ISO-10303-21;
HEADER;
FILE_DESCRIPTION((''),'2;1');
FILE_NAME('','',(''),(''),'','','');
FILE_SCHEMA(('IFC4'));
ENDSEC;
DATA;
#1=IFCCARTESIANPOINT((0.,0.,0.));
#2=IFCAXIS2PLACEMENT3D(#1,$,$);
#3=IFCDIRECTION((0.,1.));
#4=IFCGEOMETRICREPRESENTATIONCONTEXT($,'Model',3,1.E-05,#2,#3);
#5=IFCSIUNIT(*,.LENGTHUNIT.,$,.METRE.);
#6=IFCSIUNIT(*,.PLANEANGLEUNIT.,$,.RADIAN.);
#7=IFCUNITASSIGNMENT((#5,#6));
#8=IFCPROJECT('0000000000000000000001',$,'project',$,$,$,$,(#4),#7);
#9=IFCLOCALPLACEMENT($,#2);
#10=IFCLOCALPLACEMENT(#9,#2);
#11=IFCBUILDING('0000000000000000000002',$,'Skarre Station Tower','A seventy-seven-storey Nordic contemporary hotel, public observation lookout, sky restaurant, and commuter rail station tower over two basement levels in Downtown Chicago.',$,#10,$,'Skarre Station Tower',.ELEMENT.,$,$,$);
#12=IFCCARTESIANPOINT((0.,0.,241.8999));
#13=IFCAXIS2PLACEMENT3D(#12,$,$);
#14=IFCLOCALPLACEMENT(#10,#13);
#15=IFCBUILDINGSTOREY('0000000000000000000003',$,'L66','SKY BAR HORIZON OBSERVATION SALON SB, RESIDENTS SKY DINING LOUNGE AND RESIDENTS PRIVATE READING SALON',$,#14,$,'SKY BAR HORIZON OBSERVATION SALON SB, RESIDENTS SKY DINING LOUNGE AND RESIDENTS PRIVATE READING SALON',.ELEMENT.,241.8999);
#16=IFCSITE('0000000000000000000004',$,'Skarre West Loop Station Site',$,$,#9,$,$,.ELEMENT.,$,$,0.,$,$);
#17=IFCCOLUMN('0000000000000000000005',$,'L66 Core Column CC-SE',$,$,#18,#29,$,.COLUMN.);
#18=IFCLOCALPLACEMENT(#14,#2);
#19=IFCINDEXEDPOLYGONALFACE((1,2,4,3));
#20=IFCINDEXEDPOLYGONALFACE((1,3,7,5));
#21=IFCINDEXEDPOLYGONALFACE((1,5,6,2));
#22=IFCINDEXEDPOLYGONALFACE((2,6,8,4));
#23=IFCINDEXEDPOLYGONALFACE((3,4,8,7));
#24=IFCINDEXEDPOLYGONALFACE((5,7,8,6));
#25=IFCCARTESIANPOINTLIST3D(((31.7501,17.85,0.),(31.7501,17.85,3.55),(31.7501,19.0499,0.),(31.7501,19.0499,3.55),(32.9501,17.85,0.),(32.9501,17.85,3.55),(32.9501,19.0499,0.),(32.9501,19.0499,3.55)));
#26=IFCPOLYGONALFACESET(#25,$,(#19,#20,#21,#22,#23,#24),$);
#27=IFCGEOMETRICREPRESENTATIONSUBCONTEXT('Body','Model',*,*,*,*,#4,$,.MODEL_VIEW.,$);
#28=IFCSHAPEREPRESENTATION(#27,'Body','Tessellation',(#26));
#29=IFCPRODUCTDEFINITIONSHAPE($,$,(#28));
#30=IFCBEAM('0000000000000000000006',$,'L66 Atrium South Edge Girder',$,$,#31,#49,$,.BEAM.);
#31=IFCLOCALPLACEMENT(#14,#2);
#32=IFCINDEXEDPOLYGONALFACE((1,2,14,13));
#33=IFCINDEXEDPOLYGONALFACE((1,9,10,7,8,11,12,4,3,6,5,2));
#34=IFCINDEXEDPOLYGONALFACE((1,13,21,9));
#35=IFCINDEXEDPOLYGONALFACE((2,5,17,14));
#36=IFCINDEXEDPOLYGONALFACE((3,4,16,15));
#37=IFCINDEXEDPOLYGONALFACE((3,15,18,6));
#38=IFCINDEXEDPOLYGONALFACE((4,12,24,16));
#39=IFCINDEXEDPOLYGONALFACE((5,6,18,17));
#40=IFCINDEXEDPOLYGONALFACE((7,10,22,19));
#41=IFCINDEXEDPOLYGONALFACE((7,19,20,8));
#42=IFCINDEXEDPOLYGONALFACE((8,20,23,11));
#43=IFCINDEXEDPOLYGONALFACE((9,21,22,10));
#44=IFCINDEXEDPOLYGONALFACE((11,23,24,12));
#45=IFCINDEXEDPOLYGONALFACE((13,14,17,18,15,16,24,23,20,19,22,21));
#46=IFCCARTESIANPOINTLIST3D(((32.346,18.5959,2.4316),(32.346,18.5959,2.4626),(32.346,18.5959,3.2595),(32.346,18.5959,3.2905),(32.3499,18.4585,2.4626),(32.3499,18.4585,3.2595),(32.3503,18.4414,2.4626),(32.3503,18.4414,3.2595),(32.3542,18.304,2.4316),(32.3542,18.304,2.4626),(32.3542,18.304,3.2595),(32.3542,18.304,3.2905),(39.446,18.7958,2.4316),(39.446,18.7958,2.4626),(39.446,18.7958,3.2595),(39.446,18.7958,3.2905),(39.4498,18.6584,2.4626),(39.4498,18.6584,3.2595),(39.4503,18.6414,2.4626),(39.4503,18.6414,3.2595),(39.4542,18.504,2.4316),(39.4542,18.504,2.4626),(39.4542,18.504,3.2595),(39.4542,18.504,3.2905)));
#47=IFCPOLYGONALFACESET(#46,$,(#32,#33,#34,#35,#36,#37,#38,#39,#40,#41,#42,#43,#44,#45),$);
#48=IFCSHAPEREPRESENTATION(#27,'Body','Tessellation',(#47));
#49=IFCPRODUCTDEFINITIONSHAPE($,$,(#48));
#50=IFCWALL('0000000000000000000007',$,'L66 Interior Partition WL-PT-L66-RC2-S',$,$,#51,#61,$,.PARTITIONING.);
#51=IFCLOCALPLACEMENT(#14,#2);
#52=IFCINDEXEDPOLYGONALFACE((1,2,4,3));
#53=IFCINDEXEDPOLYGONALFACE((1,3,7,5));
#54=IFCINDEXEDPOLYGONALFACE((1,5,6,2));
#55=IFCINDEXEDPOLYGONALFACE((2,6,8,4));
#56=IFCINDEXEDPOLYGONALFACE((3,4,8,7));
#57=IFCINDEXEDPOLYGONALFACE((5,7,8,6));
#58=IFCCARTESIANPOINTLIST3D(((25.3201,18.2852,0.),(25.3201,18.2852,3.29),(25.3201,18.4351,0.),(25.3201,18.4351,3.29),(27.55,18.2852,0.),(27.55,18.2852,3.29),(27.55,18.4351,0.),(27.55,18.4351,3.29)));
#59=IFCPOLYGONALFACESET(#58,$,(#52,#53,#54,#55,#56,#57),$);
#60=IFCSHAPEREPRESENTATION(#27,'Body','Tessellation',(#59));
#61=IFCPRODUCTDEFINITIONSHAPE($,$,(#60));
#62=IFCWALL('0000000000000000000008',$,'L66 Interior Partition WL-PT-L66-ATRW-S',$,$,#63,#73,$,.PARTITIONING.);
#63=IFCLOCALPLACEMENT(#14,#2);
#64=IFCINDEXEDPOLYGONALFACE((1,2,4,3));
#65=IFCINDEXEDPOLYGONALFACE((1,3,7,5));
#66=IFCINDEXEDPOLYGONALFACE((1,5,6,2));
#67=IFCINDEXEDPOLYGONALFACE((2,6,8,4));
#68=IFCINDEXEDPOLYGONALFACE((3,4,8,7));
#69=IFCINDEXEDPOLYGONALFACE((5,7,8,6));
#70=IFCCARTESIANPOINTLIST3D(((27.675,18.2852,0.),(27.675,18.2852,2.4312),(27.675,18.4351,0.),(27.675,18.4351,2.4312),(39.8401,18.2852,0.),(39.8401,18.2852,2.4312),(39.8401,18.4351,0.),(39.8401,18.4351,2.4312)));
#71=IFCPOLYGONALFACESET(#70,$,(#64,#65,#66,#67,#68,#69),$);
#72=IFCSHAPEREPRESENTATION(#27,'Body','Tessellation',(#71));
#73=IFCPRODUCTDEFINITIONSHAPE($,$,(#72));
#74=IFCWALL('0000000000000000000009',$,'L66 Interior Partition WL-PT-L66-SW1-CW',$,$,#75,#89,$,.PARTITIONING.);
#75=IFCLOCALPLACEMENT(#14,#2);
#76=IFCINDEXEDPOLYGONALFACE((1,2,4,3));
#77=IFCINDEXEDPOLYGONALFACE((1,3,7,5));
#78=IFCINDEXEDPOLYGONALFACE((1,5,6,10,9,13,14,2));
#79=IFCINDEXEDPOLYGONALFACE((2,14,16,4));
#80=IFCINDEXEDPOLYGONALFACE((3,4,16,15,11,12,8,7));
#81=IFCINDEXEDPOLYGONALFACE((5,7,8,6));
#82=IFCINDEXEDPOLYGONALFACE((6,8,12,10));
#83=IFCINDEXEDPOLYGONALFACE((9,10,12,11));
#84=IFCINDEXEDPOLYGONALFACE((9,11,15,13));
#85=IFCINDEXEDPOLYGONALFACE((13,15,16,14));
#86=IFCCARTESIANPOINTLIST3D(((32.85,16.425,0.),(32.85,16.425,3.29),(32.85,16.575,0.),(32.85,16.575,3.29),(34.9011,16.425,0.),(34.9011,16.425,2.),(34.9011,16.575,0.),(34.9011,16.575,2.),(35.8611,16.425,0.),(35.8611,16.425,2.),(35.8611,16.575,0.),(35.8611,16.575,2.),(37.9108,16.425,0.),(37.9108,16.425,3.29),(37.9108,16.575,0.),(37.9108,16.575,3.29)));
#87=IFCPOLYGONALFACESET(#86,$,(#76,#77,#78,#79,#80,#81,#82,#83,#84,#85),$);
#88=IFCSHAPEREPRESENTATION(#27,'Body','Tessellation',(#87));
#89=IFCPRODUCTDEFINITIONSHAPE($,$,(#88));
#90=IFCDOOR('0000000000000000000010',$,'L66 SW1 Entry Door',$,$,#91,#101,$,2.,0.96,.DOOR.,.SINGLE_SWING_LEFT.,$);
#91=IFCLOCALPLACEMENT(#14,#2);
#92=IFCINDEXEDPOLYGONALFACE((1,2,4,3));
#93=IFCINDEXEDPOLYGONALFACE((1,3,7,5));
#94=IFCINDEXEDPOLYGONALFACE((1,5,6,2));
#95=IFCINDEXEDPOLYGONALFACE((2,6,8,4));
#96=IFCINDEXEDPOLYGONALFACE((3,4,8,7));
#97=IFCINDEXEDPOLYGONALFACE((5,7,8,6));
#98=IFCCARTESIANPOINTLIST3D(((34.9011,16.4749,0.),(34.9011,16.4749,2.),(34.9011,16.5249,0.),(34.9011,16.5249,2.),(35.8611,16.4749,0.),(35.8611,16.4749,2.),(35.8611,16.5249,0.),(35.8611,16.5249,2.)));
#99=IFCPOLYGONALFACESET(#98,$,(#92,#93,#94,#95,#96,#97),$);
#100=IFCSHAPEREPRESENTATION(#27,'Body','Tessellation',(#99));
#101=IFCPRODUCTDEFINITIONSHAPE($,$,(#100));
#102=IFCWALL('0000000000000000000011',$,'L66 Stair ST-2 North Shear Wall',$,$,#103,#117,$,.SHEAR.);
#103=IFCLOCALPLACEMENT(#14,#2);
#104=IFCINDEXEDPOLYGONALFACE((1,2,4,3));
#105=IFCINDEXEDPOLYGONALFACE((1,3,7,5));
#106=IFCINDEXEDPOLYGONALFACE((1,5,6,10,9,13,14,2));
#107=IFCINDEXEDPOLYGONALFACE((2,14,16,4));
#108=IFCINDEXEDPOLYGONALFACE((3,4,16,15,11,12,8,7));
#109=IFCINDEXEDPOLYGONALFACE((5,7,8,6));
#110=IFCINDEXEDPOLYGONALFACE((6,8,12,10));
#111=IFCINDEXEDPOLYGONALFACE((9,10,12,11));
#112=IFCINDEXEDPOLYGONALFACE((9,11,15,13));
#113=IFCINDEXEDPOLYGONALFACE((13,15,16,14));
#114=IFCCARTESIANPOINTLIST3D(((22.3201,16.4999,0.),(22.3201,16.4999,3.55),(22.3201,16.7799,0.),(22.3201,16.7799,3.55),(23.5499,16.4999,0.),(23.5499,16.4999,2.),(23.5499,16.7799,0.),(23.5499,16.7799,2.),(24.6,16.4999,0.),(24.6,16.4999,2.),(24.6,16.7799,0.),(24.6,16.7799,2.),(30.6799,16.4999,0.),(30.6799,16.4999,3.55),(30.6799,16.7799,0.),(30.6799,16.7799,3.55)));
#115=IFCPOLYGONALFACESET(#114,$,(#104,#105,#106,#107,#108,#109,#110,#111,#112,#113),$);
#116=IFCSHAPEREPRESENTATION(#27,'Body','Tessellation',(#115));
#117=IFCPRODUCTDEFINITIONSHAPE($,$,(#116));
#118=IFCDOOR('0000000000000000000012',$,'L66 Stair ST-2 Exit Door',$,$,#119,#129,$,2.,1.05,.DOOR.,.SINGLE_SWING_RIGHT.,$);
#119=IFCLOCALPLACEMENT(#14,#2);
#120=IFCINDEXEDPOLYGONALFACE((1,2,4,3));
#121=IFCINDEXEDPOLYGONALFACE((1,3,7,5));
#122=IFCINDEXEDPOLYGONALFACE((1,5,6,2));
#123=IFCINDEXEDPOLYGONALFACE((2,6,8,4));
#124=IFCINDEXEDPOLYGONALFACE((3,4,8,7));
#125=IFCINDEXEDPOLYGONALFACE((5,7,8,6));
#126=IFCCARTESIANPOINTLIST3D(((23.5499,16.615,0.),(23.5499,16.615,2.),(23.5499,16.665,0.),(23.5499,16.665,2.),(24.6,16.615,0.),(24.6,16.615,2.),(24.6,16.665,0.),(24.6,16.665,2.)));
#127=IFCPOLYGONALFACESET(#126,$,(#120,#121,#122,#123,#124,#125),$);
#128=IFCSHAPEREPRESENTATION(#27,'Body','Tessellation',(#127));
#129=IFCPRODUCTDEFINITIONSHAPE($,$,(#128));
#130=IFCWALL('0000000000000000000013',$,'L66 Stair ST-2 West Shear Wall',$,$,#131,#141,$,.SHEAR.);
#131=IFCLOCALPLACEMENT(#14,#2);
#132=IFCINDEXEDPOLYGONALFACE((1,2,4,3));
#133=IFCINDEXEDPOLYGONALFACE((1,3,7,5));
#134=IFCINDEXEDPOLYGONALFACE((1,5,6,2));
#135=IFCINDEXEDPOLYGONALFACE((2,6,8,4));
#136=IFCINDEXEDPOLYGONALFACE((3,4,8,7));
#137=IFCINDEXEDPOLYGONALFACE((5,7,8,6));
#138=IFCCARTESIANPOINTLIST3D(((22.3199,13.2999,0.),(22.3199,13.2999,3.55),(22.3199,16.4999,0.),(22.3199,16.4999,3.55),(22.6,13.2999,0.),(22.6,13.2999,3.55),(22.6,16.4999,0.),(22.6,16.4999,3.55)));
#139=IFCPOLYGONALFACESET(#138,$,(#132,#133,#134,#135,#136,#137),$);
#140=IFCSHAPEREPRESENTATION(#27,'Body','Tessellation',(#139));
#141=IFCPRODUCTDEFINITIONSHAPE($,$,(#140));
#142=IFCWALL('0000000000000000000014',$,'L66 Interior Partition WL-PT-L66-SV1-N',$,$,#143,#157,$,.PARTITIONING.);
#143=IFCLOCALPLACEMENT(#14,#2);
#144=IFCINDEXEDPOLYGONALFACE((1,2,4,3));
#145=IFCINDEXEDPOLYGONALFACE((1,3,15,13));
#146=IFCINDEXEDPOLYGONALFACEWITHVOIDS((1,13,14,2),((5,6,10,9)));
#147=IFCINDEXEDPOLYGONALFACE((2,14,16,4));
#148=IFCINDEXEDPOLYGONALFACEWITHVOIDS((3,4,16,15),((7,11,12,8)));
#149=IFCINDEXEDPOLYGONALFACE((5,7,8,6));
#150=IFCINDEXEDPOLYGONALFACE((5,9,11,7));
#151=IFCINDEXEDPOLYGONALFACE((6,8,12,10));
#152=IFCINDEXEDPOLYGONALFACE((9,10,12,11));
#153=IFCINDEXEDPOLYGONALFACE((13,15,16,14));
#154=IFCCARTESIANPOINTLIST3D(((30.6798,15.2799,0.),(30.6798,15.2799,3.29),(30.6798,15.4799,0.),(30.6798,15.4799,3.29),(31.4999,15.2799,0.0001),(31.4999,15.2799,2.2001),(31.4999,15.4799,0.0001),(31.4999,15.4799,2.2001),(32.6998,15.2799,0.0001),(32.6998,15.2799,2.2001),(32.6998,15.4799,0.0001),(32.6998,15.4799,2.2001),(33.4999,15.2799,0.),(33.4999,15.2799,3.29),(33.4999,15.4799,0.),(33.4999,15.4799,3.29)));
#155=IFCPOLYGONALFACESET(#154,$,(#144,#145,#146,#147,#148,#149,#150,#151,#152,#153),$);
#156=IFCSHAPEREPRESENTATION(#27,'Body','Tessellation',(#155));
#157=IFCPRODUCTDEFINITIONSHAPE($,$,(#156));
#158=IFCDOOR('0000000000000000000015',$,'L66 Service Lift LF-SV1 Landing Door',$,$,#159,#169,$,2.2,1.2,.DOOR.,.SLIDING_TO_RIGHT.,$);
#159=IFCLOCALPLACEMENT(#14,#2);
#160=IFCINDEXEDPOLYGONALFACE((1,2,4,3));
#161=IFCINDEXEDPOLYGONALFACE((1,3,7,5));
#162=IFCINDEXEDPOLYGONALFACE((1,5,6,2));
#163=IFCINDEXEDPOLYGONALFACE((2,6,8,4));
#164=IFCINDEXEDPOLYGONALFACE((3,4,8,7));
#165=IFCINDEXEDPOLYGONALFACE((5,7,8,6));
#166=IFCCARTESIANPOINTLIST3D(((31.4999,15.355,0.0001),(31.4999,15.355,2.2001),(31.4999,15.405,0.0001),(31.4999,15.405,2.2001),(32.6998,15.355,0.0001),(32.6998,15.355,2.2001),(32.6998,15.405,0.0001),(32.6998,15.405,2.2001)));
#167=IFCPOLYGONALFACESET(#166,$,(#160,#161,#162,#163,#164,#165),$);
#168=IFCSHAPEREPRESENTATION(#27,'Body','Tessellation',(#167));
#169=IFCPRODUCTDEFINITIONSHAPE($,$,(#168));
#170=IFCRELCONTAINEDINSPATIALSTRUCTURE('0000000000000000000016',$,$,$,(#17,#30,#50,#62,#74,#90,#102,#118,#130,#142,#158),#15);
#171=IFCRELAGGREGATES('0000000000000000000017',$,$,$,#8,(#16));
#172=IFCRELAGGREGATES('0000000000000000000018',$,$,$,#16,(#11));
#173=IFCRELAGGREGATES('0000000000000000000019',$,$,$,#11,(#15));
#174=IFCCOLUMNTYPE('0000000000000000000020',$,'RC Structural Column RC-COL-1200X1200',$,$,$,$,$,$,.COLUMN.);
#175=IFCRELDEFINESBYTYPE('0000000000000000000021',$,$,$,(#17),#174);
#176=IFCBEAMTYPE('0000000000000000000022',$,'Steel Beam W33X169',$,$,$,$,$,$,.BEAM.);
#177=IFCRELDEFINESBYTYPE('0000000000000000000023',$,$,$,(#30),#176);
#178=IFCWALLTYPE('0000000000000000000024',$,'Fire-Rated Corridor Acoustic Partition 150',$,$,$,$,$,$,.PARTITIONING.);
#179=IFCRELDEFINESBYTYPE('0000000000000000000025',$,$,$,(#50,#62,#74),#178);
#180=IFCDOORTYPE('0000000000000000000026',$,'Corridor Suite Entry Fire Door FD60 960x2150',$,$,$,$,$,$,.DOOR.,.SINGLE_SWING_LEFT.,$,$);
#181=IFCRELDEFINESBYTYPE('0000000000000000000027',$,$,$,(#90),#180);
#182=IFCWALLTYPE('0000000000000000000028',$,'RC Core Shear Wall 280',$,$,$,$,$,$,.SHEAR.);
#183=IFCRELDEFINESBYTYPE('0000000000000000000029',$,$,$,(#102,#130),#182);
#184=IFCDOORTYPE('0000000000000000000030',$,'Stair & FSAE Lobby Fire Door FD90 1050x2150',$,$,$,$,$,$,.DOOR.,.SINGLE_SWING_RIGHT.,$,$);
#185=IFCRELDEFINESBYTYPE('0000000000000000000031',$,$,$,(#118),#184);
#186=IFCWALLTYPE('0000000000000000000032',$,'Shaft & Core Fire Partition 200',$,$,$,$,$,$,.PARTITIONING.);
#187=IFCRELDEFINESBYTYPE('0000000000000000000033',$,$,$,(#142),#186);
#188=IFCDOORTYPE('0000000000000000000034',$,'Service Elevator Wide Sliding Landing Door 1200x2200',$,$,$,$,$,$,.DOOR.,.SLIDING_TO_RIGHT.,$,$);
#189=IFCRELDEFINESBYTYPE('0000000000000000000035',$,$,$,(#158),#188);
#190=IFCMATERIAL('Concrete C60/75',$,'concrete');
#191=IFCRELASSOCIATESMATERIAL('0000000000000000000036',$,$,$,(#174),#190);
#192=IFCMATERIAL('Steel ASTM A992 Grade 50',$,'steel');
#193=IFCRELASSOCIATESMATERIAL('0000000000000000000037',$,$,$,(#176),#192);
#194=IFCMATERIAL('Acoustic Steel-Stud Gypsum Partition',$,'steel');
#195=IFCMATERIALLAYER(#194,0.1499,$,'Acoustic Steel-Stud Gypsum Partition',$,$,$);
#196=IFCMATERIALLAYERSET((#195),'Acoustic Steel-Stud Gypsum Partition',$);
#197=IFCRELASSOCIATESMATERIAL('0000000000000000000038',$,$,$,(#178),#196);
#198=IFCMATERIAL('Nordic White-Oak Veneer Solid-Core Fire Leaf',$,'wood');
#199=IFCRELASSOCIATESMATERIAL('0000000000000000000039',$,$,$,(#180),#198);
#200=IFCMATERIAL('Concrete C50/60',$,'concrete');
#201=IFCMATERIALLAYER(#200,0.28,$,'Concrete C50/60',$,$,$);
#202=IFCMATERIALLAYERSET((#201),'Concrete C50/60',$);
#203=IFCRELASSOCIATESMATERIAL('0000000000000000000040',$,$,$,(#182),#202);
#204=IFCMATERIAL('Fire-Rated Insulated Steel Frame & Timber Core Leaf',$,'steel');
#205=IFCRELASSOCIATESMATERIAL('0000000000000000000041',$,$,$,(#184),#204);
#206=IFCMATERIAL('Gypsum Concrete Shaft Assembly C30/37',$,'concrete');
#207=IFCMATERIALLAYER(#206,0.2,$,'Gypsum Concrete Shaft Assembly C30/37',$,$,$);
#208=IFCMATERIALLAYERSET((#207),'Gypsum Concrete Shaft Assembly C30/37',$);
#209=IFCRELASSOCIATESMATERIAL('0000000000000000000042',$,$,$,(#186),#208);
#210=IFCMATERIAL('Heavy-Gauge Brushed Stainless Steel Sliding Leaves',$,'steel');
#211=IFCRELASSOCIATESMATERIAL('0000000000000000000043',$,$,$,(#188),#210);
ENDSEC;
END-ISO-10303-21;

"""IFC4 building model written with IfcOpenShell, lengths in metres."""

from ifc_helpers import new_model, si_unit, direction, frame, frame_2d, origin, origin_2d, place, context, subcontext, project, spatial, rectangle, i_section, extrude, material, layer, layer_set, material_profile, profile_set, type_object, element, fill, save


model = new_model("IFC4")

# Units and contexts
model_context = context("Model", 3, precision=1e-05, world=origin(), true_north=direction((0.0, 1.0)))
body_context = subcontext(model_context, "Body", "Model", "MODEL_VIEW")
ifc_project = project(units=[si_unit("LENGTHUNIT", "METRE"), si_unit("PLANEANGLEUNIT", "RADIAN")], contexts=[model_context])

# Site, building, storey
site_placement = place(None, origin())
site = spatial("IfcSite", under=ifc_project, at=site_placement, Name="Skarre West Loop Station Site", CompositionType="ELEMENT", RefElevation=0.0)
building_placement = place(site_placement, origin())
building = spatial("IfcBuilding", under=site, at=building_placement, Name="Skarre Station Tower", Description="A seventy-seven-storey Nordic contemporary hotel, public observation lookout, sky restaurant, and commuter rail station tower over two basement levels in Downtown Chicago.", LongName="Skarre Station Tower", CompositionType="ELEMENT")
storey_placement = place(building_placement, frame((0.0, 0.0, 241.8999)))
storey = spatial("IfcBuildingStorey", under=building, at=storey_placement, Name="L66", Description="SKY BAR HORIZON OBSERVATION SALON SB, RESIDENTS SKY DINING LOUNGE AND RESIDENTS PRIVATE READING SALON", LongName="SKY BAR HORIZON OBSERVATION SALON SB, RESIDENTS SKY DINING LOUNGE AND RESIDENTS PRIVATE READING SALON", CompositionType="ELEMENT", Elevation=241.8999)

# Column
ifc_material_1 = material(Name="Concrete C60/75", Category="concrete")
ifc_material_profile_1 = material_profile(ifc_material_1, rectangle(XDim=1.2, YDim=1.2, at=origin_2d()), Name="Concrete C60/75")
ifc_profile_set_1 = profile_set([ifc_material_profile_1], Name="Concrete C60/75")
column_type = type_object("IfcColumnType", Name="RC Structural Column RC-COL-1200X1200", PredefinedType="COLUMN", material=ifc_profile_set_1)
column_placement = place(storey_placement, frame((32.3501, 18.45, 0.0), z_axis=(0.0, 0.0, 1.0), x_axis=(1.0, 0.0, 0.0)))
element("IfcColumn", 1, at=column_placement, inside=storey, type_object=column_type, Name="L66 Core Column CC-SE", PredefinedType="COLUMN", context=body_context, shape_type="SweptSolid", body=[
    extrude(rectangle(XDim=1.2, YDim=1.2, at=origin_2d()), origin(), (0.0, 0.0, 1.0), 3.55),
])

# Beam
ifc_material_2 = material(Name="Steel ASTM A992 Grade 50", Category="steel")
ifc_material_profile_2 = material_profile(ifc_material_2, i_section(OverallWidth=0.292, OverallDepth=0.8589, WebThickness=0.0171, FlangeThickness=0.031, at=origin_2d()), Name="Steel ASTM A992 Grade 50")
ifc_profile_set_2 = profile_set([ifc_material_profile_2], Name="Steel ASTM A992 Grade 50")
beam_type = type_object("IfcBeamType", Name="Steel Beam W33X169", PredefinedType="BEAM", material=ifc_profile_set_2)
beam_placement = place(storey_placement, frame((32.3501, 18.45, 2.8611), z_axis=(0.999604, 0.028152, 0.0), x_axis=(-0.028152, 0.999604, 0.0)))
element("IfcBeam", 2, at=beam_placement, inside=storey, type_object=beam_type, Name="L66 Atrium South Edge Girder", PredefinedType="BEAM", context=body_context, shape_type="SweptSolid", body=[
    extrude(i_section(OverallWidth=0.292, OverallDepth=0.8589, WebThickness=0.0171, FlangeThickness=0.031, at=origin_2d()), origin(), (0.0, 0.0, 1.0), 7.1028),
])

# Walls
ifc_material_3 = material(Name="Acoustic Steel-Stud Gypsum Partition", Category="steel")
ifc_layer_1 = layer(ifc_material_3, 0.1499, Name="Acoustic Steel-Stud Gypsum Partition")
ifc_layer_set_1 = layer_set([ifc_layer_1], Name="Acoustic Steel-Stud Gypsum Partition")
wall_type_1 = type_object("IfcWallType", Name="Fire-Rated Corridor Acoustic Partition 150", PredefinedType="PARTITIONING", material=ifc_layer_set_1)
wall_1_placement = place(storey_placement, frame((25.3201, 18.3601, 0.0), z_axis=(0.0, 0.0, 1.0), x_axis=(1.0, 0.0, 0.0)))
element("IfcWall", 3, at=wall_1_placement, inside=storey, type_object=wall_type_1, Name="L66 Interior Partition WL-PT-L66-RC2-S", PredefinedType="PARTITIONING", context=body_context, shape_type="SweptSolid", body=[
    extrude(rectangle(XDim=2.23, YDim=0.1499, at=frame_2d((1.115, 0.0))), origin(), (0.0, 0.0, 1.0), 3.29),
])
wall_2_placement = place(storey_placement, frame((27.675, 18.3601, 0.0), z_axis=(0.0, 0.0, 1.0), x_axis=(1.0, 0.0, 0.0)))
element("IfcWall", 4, at=wall_2_placement, inside=storey, type_object=wall_type_1, Name="L66 Interior Partition WL-PT-L66-ATRW-S", PredefinedType="PARTITIONING", context=body_context, shape_type="SweptSolid", body=[
    extrude(rectangle(XDim=12.165, YDim=0.1499, at=frame_2d((6.0825, 0.0))), origin(), (0.0, 0.0, 1.0), 2.4312),
])

# Walls, openings, doors
wall_3_placement = place(storey_placement, frame((32.8501, 16.5, 0.0), z_axis=(0.0, 0.0, 1.0), x_axis=(1.0, 0.0, 0.0)))
wall_3 = element("IfcWall", 5, at=wall_3_placement, inside=storey, type_object=wall_type_1, Name="L66 Interior Partition WL-PT-L66-SW1-CW", PredefinedType="PARTITIONING", context=body_context, shape_type="SweptSolid", body=[
    extrude(rectangle(XDim=5.0608, YDim=0.1499, at=frame_2d((2.5303, 0.0))), origin(), (0.0, 0.0, 1.0), 3.29),
])
opening_1_placement = place(wall_3_placement, frame((2.051, 0.0, 0.0)))
opening_1 = element("IfcOpeningElement", 6, at=opening_1_placement, cuts=wall_3, PredefinedType="OPENING", context=body_context, shape_type="SweptSolid", body=[
    extrude(rectangle(XDim=0.96, YDim=2.0, at=frame_2d((0.48, 1.0))), frame((0.0, 0.085, 0.0), z_axis=(0.0, -1.0, 0.0), x_axis=(1.0, 0.0, 0.0)), (0.0, 0.0, 1.0), 0.1699),
])
ifc_material_4 = material(Name="Nordic White-Oak Veneer Solid-Core Fire Leaf", Category="wood")
door_type_1 = type_object("IfcDoorType", Name="Corridor Suite Entry Fire Door FD60 960x2150", OperationType="SINGLE_SWING_LEFT", PredefinedType="DOOR", material=ifc_material_4)
door_1_placement = place(opening_1_placement, origin())
door_1 = element("IfcDoor", 7, at=door_1_placement, inside=storey, type_object=door_type_1, Name="L66 SW1 Entry Door", OperationType="SINGLE_SWING_LEFT", OverallHeight=2.0, OverallWidth=0.96, PredefinedType="DOOR", context=body_context, shape_type="SweptSolid", body=[
    extrude(rectangle(XDim=0.96, YDim=2.0, at=frame_2d((0.48, 1.0))), frame((0.0, 0.0249, 0.0), z_axis=(0.0, -1.0, 0.0), x_axis=(1.0, 0.0, 0.0)), (0.0, 0.0, 1.0), 0.05),
])
fill(opening_1, door_1)
ifc_material_5 = material(Name="Concrete C50/60", Category="concrete")
ifc_layer_2 = layer(ifc_material_5, 0.28, Name="Concrete C50/60")
ifc_layer_set_2 = layer_set([ifc_layer_2], Name="Concrete C50/60")
wall_type_2 = type_object("IfcWallType", Name="RC Core Shear Wall 280", PredefinedType="SHEAR", material=ifc_layer_set_2)
wall_4_placement = place(storey_placement, frame((30.6799, 16.6399, 0.0), z_axis=(0.0, 0.0, 1.0), x_axis=(-1.0, 0.0, 0.0)))
wall_4 = element("IfcWall", 8, at=wall_4_placement, inside=storey, type_object=wall_type_2, Name="L66 Stair ST-2 North Shear Wall", PredefinedType="SHEAR", context=body_context, shape_type="SweptSolid", body=[
    extrude(rectangle(XDim=8.3599, YDim=0.28, at=frame_2d((4.1799, 0.0))), origin(), (0.0, 0.0, 1.0), 3.55),
])
opening_2_placement = place(wall_4_placement, frame((6.0801, 0.0, 0.0)))
opening_2 = element("IfcOpeningElement", 9, at=opening_2_placement, cuts=wall_4, PredefinedType="OPENING", context=body_context, shape_type="SweptSolid", body=[
    extrude(rectangle(XDim=1.05, YDim=2.0, at=frame_2d((0.5249, 1.0))), frame((0.0, 0.1499, 0.0), z_axis=(0.0, -1.0, 0.0), x_axis=(1.0, 0.0, 0.0)), (0.0, 0.0, 1.0), 0.3),
])
ifc_material_6 = material(Name="Fire-Rated Insulated Steel Frame & Timber Core Leaf", Category="steel")
door_type_2 = type_object("IfcDoorType", Name="Stair & FSAE Lobby Fire Door FD90 1050x2150", OperationType="SINGLE_SWING_RIGHT", PredefinedType="DOOR", material=ifc_material_6)
door_2_placement = place(opening_2_placement, origin())
door_2 = element("IfcDoor", 10, at=door_2_placement, inside=storey, type_object=door_type_2, Name="L66 Stair ST-2 Exit Door", OperationType="SINGLE_SWING_RIGHT", OverallHeight=2.0, OverallWidth=1.05, PredefinedType="DOOR", context=body_context, shape_type="SweptSolid", body=[
    extrude(rectangle(XDim=1.05, YDim=2.0, at=frame_2d((0.5249, 1.0))), frame((0.0, 0.0249, 0.0), z_axis=(0.0, -1.0, 0.0), x_axis=(1.0, 0.0, 0.0)), (0.0, 0.0, 1.0), 0.05),
])
fill(opening_2, door_2)

# Wall
wall_5_placement = place(storey_placement, frame((22.46, 16.5, 0.0), z_axis=(0.0, 0.0, 1.0), x_axis=(0.0, -1.0, 0.0)))
element("IfcWall", 11, at=wall_5_placement, inside=storey, type_object=wall_type_2, Name="L66 Stair ST-2 West Shear Wall", PredefinedType="SHEAR", context=body_context, shape_type="SweptSolid", body=[
    extrude(rectangle(XDim=3.2, YDim=0.28, at=frame_2d((1.6001, 0.0))), origin(), (0.0, 0.0, 1.0), 3.55),
])

# Wall, opening, door
ifc_material_7 = material(Name="Gypsum Concrete Shaft Assembly C30/37", Category="concrete")
ifc_layer_3 = layer(ifc_material_7, 0.2, Name="Gypsum Concrete Shaft Assembly C30/37")
ifc_layer_set_3 = layer_set([ifc_layer_3], Name="Gypsum Concrete Shaft Assembly C30/37")
wall_type_3 = type_object("IfcWallType", Name="Shaft & Core Fire Partition 200", PredefinedType="PARTITIONING", material=ifc_layer_set_3)
wall_6_placement = place(storey_placement, frame((33.5, 15.3799, 0.0), z_axis=(0.0, 0.0, 1.0), x_axis=(-1.0, 0.0, 0.0)))
wall_6 = element("IfcWall", 12, at=wall_6_placement, inside=storey, type_object=wall_type_3, Name="L66 Interior Partition WL-PT-L66-SV1-N", PredefinedType="PARTITIONING", context=body_context, shape_type="SweptSolid", body=[
    extrude(rectangle(XDim=2.8201, YDim=0.2, at=frame_2d((1.4102, 0.0))), origin(), (0.0, 0.0, 1.0), 3.29),
])
opening_3_placement = place(wall_6_placement, frame((0.8, 0.0, 0.0)))
opening_3 = element("IfcOpeningElement", 13, at=opening_3_placement, cuts=wall_6, PredefinedType="OPENING", context=body_context, shape_type="SweptSolid", body=[
    extrude(rectangle(XDim=1.2, YDim=2.2, at=frame_2d((0.6001, 1.1001))), frame((0.0, 0.1099, 0.0), z_axis=(0.0, -1.0, 0.0), x_axis=(1.0, 0.0, 0.0)), (0.0, 0.0, 1.0), 0.22),
])
ifc_material_8 = material(Name="Heavy-Gauge Brushed Stainless Steel Sliding Leaves", Category="steel")
door_type_3 = type_object("IfcDoorType", Name="Service Elevator Wide Sliding Landing Door 1200x2200", OperationType="SLIDING_TO_RIGHT", PredefinedType="DOOR", material=ifc_material_8)
door_3_placement = place(opening_3_placement, origin())
door_3 = element("IfcDoor", 14, at=door_3_placement, inside=storey, type_object=door_type_3, Name="L66 Service Lift LF-SV1 Landing Door", OperationType="SLIDING_TO_RIGHT", OverallHeight=2.2, OverallWidth=1.2, PredefinedType="DOOR", context=body_context, shape_type="SweptSolid", body=[
    extrude(rectangle(XDim=1.2, YDim=2.2, at=frame_2d((0.6001, 1.1001))), frame((0.0, 0.0249, 0.0), z_axis=(0.0, -1.0, 0.0), x_axis=(1.0, 0.0, 0.0)), (0.0, 0.0, 1.0), 0.05),
])
fill(opening_3, door_3)

save(model, "model.ifc")
